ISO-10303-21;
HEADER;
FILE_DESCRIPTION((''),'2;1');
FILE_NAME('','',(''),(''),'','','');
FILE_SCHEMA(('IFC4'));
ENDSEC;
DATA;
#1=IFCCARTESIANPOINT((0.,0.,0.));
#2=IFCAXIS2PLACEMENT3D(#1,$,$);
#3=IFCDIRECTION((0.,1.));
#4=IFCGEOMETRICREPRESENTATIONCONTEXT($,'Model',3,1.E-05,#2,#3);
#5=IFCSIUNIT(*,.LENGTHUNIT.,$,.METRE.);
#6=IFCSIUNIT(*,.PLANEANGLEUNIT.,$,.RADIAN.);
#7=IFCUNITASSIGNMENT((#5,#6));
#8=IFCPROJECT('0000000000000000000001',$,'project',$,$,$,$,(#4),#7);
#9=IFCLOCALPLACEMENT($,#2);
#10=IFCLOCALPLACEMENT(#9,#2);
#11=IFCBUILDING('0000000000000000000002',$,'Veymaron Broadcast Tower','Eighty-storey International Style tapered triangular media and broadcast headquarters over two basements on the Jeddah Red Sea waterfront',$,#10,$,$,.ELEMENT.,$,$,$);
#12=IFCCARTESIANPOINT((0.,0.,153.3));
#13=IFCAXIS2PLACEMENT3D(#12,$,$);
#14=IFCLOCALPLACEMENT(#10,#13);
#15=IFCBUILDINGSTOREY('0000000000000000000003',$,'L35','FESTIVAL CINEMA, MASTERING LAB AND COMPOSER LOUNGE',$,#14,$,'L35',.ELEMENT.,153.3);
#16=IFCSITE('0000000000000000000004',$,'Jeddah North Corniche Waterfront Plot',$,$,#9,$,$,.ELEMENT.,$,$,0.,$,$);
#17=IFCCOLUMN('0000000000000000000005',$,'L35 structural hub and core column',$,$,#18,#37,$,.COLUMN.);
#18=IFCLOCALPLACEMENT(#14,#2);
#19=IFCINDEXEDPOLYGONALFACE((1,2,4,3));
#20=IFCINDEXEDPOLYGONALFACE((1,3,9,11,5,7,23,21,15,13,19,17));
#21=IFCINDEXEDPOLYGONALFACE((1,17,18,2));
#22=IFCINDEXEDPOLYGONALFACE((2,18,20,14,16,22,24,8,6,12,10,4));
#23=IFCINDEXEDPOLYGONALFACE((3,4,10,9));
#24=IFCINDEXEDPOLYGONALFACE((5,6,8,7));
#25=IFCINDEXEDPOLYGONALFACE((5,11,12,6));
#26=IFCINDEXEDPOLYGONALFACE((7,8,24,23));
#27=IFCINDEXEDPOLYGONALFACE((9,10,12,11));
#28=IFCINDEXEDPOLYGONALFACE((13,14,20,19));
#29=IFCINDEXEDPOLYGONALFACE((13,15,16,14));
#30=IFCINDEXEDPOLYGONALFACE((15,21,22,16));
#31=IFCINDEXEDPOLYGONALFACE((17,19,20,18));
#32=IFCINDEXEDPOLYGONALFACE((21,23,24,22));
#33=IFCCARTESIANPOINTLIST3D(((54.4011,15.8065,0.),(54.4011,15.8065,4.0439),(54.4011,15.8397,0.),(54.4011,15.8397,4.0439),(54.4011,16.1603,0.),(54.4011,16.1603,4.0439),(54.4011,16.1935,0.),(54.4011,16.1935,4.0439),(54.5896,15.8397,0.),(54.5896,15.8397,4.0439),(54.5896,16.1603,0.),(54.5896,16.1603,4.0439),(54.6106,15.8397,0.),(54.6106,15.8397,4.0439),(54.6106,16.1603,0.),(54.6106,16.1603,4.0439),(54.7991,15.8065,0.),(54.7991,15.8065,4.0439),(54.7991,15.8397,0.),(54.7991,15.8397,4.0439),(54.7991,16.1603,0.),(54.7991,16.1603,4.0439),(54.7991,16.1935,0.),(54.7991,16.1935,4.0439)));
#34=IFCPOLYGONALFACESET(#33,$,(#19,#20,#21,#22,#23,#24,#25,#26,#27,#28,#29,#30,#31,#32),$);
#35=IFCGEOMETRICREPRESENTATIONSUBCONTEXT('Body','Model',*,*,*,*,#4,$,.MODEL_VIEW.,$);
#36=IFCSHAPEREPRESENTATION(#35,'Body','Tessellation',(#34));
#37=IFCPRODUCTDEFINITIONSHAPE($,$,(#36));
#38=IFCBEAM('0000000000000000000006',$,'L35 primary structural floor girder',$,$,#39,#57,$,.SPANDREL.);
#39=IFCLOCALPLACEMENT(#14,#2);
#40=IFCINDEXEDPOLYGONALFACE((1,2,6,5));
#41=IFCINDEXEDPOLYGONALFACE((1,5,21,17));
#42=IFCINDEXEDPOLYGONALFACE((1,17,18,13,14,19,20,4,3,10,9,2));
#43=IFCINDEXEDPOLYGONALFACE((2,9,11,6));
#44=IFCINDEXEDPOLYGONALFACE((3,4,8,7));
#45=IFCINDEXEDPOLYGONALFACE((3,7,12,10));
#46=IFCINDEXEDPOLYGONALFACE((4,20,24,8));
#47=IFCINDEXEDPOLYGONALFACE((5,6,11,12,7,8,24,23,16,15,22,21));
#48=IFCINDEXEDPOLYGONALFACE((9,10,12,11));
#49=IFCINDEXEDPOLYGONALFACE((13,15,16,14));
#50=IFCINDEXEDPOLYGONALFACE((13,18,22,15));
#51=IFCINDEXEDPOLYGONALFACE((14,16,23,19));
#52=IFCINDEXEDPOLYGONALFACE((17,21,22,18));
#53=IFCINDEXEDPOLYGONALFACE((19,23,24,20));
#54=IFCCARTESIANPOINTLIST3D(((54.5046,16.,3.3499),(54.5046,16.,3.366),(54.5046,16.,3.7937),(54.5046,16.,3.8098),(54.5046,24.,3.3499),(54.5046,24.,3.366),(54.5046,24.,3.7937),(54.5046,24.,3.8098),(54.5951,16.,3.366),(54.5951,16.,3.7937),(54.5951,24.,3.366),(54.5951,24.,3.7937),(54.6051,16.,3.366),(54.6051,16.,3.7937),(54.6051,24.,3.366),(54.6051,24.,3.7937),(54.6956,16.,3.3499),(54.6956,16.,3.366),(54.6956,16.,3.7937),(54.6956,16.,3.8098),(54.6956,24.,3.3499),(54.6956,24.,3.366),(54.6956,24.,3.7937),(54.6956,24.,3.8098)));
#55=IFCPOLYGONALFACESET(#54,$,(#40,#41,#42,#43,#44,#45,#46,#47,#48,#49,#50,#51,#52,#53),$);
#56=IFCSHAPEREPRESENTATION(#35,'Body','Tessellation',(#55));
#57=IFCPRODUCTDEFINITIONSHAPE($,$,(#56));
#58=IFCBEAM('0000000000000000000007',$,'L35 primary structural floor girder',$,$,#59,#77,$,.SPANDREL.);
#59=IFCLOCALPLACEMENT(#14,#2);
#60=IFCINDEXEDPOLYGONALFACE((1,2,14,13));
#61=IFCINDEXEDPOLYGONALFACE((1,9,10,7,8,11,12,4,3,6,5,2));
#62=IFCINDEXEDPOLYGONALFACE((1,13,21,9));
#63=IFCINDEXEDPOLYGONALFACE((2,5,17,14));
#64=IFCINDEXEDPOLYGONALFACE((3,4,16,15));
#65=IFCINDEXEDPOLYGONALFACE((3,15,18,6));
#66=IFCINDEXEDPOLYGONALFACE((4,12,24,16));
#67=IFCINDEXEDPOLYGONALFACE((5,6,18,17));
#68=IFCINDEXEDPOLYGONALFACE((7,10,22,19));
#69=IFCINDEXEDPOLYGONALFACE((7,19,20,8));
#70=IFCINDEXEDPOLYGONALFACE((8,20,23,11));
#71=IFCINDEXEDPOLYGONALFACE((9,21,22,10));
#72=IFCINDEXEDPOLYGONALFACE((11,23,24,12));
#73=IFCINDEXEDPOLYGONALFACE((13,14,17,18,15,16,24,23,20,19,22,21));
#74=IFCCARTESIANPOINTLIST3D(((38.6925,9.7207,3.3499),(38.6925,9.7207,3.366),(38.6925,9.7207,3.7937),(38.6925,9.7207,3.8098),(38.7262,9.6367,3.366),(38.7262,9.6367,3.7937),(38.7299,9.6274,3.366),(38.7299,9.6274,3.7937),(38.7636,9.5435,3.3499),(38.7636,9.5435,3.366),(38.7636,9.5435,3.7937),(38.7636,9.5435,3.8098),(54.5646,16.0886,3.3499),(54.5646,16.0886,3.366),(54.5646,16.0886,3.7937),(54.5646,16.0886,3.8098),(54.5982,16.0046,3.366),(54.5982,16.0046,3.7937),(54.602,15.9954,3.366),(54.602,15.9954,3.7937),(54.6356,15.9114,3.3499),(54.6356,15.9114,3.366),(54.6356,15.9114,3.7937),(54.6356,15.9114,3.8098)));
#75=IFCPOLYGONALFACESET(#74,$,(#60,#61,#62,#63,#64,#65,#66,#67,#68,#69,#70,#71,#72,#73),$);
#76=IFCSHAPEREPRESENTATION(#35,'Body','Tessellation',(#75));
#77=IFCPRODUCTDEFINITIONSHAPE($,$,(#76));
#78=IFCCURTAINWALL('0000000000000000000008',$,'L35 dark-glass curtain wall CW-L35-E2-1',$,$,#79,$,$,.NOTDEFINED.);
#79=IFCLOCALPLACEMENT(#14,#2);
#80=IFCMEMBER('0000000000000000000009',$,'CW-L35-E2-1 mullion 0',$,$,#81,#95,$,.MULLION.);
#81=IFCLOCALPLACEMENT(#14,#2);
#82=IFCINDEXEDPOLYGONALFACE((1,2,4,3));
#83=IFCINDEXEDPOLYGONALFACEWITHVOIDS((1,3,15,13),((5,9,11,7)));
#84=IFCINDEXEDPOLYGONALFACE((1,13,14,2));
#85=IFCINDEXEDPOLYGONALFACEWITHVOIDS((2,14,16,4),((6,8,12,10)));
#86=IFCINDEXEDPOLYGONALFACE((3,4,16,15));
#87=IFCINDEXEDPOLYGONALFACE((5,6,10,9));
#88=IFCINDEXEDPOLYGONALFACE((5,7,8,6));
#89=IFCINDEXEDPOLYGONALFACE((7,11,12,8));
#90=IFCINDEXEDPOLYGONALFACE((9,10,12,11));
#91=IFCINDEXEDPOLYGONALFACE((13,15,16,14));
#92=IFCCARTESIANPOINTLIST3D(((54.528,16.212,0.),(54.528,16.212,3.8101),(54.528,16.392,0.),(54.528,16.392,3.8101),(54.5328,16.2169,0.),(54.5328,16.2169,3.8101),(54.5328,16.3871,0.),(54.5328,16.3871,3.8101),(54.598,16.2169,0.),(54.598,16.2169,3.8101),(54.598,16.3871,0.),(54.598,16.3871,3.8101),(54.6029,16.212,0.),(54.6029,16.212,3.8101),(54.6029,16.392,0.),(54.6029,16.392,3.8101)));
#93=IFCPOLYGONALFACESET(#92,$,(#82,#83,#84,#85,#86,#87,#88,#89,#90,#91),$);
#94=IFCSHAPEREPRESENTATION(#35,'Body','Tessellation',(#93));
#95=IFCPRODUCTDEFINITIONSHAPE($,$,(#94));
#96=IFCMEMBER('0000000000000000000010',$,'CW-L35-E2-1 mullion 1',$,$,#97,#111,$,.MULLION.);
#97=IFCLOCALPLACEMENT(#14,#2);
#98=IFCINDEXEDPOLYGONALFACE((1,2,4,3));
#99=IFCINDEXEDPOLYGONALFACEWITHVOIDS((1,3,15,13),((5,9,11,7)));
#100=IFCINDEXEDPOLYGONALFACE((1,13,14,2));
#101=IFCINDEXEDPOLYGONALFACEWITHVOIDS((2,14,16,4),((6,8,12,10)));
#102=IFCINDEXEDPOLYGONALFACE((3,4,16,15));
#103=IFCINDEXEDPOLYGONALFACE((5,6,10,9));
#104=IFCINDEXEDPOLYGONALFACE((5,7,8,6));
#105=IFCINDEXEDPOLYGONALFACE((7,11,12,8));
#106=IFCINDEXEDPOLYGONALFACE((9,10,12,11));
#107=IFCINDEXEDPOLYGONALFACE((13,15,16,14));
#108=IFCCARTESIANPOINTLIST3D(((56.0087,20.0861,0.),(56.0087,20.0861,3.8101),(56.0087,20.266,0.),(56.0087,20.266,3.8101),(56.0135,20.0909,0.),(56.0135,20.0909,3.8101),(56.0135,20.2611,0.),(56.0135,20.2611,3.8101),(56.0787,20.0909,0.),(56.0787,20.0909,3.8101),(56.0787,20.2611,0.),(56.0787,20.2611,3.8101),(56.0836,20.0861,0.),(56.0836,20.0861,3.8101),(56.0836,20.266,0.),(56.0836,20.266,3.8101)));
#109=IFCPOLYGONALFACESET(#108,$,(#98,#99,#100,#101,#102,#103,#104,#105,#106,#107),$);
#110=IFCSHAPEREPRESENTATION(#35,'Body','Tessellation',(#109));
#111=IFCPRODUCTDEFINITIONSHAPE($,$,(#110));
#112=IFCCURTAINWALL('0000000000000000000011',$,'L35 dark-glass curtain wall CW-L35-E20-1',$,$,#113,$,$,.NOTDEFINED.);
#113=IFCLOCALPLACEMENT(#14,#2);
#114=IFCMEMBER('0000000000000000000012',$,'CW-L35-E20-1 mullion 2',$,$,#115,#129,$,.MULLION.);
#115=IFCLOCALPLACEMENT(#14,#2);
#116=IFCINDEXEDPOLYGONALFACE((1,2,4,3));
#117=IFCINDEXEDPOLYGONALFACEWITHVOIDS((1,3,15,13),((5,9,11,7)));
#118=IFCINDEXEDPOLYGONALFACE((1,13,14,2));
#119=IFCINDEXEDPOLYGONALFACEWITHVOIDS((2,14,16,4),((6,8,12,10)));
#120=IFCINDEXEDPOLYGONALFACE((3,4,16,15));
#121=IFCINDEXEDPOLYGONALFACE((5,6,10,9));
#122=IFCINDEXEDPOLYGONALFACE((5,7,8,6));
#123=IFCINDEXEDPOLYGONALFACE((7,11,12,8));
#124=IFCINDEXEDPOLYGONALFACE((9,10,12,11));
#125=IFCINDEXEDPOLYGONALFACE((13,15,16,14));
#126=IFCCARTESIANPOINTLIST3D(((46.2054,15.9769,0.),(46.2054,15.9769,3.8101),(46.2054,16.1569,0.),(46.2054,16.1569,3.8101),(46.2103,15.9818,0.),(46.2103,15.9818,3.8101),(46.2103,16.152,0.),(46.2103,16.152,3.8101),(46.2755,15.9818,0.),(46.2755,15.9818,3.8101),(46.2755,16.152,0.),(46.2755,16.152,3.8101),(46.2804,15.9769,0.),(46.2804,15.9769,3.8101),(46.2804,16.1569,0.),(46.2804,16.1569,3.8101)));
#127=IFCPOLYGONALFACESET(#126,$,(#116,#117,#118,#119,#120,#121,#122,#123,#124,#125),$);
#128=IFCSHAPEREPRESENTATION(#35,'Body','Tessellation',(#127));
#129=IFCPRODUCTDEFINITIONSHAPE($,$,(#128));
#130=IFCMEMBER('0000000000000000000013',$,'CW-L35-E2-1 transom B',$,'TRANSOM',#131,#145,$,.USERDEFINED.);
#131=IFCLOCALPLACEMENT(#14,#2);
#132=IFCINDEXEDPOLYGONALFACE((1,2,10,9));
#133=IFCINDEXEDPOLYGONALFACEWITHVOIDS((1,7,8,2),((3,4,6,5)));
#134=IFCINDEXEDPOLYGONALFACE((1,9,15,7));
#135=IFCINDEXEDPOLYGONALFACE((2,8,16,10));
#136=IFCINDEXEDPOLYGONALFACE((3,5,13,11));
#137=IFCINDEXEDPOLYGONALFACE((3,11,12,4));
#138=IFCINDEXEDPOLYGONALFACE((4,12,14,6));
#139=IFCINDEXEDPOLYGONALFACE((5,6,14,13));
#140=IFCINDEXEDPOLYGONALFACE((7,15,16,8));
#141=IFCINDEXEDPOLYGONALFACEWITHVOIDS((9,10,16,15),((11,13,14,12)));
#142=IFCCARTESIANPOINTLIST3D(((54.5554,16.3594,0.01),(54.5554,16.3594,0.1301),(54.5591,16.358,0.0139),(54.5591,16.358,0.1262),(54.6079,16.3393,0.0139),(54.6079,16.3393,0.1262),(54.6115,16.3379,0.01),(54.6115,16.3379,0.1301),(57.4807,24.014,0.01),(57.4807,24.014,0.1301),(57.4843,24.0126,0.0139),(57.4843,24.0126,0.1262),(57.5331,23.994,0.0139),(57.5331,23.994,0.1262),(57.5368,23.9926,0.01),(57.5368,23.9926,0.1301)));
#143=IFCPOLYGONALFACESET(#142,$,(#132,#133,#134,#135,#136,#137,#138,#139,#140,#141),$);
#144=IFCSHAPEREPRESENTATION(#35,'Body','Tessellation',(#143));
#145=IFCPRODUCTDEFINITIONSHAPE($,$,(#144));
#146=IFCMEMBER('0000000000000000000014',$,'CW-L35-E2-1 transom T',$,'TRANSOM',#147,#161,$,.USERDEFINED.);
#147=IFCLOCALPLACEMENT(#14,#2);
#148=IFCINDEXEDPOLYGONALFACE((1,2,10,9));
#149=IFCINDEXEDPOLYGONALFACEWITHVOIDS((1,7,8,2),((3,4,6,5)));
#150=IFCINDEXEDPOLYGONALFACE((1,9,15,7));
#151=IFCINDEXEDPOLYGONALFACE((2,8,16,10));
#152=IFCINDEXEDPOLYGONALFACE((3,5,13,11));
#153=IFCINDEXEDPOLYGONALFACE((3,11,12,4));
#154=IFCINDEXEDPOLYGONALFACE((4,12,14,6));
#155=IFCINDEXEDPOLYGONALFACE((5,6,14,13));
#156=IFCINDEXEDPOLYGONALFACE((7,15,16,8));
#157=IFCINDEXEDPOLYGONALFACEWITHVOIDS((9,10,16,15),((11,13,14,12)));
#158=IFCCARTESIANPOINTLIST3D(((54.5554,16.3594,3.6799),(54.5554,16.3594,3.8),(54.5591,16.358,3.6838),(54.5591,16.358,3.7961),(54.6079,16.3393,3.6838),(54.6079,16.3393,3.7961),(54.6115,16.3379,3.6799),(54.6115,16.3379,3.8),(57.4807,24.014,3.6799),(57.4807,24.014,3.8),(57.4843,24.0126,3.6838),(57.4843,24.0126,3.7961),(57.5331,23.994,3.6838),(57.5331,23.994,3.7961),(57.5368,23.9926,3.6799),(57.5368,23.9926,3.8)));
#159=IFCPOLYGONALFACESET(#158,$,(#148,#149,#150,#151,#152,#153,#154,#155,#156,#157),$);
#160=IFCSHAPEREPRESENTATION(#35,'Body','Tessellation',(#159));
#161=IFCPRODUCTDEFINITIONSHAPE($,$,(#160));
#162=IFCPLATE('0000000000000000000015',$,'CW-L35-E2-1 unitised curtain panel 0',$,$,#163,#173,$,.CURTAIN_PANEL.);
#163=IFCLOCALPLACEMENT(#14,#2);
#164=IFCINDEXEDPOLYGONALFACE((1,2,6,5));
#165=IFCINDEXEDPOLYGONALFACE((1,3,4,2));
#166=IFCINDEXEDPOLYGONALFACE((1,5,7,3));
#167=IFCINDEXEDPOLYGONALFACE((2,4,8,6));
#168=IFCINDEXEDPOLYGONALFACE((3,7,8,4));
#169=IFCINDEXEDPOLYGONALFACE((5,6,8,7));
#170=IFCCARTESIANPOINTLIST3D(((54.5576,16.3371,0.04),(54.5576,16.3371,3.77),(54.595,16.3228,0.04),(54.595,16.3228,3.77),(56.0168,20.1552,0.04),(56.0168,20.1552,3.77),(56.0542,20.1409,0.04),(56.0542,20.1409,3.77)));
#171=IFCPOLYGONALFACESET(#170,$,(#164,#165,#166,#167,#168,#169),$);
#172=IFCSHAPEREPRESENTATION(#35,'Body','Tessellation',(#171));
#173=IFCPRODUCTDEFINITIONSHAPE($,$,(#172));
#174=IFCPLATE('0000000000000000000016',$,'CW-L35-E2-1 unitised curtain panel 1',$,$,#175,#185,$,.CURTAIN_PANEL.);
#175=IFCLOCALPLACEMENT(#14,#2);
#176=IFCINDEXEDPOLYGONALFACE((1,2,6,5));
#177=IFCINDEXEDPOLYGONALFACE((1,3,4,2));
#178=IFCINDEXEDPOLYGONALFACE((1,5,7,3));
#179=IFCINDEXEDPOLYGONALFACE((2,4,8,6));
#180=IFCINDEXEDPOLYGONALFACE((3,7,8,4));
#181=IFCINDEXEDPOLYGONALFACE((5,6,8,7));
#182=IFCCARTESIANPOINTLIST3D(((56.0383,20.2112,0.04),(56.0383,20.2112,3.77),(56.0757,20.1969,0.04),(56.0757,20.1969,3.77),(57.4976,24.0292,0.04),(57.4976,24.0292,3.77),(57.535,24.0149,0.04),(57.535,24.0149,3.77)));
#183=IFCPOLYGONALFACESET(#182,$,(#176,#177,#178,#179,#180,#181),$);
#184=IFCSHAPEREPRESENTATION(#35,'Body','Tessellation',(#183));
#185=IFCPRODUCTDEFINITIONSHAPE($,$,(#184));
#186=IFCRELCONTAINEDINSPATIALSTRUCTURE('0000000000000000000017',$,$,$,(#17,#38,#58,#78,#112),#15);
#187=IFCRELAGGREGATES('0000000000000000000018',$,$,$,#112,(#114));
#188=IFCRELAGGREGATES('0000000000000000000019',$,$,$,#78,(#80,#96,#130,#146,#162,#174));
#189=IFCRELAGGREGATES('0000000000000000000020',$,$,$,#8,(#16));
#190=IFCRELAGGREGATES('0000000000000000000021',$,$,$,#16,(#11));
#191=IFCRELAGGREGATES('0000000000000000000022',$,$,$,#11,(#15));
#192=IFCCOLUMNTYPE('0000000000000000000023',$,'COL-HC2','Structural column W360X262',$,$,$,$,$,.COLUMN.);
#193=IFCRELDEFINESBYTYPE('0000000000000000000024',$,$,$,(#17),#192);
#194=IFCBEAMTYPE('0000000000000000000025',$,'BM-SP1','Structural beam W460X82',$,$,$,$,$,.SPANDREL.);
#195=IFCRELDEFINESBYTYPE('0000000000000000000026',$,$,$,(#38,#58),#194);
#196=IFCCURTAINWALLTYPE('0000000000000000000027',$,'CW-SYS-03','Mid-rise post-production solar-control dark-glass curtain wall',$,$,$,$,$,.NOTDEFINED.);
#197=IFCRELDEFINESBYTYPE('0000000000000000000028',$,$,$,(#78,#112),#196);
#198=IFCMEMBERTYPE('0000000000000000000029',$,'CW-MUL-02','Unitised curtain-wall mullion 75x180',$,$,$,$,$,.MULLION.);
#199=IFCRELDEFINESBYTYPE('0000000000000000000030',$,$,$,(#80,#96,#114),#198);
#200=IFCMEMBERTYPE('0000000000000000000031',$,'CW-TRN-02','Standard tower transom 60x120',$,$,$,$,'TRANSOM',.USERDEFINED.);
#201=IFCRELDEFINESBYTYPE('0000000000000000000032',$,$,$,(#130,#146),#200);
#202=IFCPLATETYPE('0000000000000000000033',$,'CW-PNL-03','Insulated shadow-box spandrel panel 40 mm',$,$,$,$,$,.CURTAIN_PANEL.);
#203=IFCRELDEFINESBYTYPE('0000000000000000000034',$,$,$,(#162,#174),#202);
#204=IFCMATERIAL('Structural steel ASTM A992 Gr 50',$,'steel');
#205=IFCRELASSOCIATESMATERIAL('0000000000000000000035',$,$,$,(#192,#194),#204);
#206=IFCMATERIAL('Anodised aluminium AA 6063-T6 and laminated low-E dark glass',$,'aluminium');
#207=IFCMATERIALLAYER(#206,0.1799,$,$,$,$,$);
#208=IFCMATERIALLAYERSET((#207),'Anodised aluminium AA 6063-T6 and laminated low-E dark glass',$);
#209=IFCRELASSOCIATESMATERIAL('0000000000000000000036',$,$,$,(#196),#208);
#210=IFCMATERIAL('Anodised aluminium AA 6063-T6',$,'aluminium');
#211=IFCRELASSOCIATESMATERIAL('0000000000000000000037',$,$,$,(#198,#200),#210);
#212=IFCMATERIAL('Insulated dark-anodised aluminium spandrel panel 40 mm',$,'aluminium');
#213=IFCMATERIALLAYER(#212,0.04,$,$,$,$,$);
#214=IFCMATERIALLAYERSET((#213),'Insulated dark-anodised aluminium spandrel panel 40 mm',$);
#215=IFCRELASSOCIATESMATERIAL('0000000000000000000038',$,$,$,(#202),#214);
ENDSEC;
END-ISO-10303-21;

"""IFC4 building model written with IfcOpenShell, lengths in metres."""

from ifc_helpers import new_model, si_unit, direction, frame, origin, origin_2d, place, context, subcontext, project, spatial, rectangle, hollow_rectangle, i_section, extrude, material, layer, layer_set, material_profile, profile_set, type_object, element, aggregate, save


model = new_model("IFC4")

# Units and contexts
model_context = context("Model", 3, precision=1e-05, world=origin(), true_north=direction((0.0, 1.0)))
body_context = subcontext(model_context, "Body", "Model", "MODEL_VIEW")
ifc_project = project(units=[si_unit("LENGTHUNIT", "METRE"), si_unit("PLANEANGLEUNIT", "RADIAN")], contexts=[model_context])

# Site, building, storey
site_placement = place(None, origin())
site = spatial("IfcSite", under=ifc_project, at=site_placement, Name="Jeddah North Corniche Waterfront Plot", CompositionType="ELEMENT", RefElevation=0.0)
building_placement = place(site_placement, origin())
building = spatial("IfcBuilding", under=site, at=building_placement, Name="Veymaron Broadcast Tower", Description="Eighty-storey International Style tapered triangular media and broadcast headquarters over two basements on the Jeddah Red Sea waterfront", CompositionType="ELEMENT")
storey_placement = place(building_placement, frame((0.0, 0.0, 153.3)))
storey = spatial("IfcBuildingStorey", under=building, at=storey_placement, Name="L35", Description="FESTIVAL CINEMA, MASTERING LAB AND COMPOSER LOUNGE", LongName="L35", CompositionType="ELEMENT", Elevation=153.3)

# Column
ifc_material_1 = material(Name="Structural steel ASTM A992 Gr 50", Category="steel")
ifc_material_profile_1 = material_profile(ifc_material_1, i_section(OverallWidth=0.3979, OverallDepth=0.387, WebThickness=0.021, FlangeThickness=0.0332, at=origin_2d()), Name="W360X262")
ifc_profile_set_1 = profile_set([ifc_material_profile_1], Name="Structural steel ASTM A992 Gr 50")
column_type = type_object("IfcColumnType", Name="COL-HC2", Description="Structural column W360X262", PredefinedType="COLUMN", material=ifc_profile_set_1)
column_placement = place(storey_placement, frame((54.6001, 16.0, 0.0), z_axis=(0.0, 0.0, 1.0), x_axis=(1.0, 0.0, 0.0)))
element("IfcColumn", 1, at=column_placement, inside=storey, type_object=column_type, Name="L35 structural hub and core column", PredefinedType="COLUMN", context=body_context, shape_type="SweptSolid", body=[
    extrude(i_section(OverallWidth=0.3979, OverallDepth=0.387, WebThickness=0.021, FlangeThickness=0.0332, at=origin_2d()), origin(), (0.0, 0.0, 1.0), 4.0439),
])

# Beams
ifc_material_profile_2 = material_profile(ifc_material_1, i_section(OverallWidth=0.1909, OverallDepth=0.46, WebThickness=0.01, FlangeThickness=0.0161, at=origin_2d()), Name="W460X82")
ifc_profile_set_2 = profile_set([ifc_material_profile_2], Name="Structural steel ASTM A992 Gr 50")
beam_type = type_object("IfcBeamType", Name="BM-SP1", Description="Structural beam W460X82", PredefinedType="SPANDREL", material=ifc_profile_set_2)
beam_1_placement = place(storey_placement, frame((54.6001, 16.0, 3.5798), z_axis=(0.0, 1.0, 0.0), x_axis=(-1.0, 0.0, 0.0)))
element("IfcBeam", 2, at=beam_1_placement, inside=storey, type_object=beam_type, Name="L35 primary structural floor girder", PredefinedType="SPANDREL", context=body_context, shape_type="SweptSolid", body=[
    extrude(i_section(OverallWidth=0.1909, OverallDepth=0.46, WebThickness=0.01, FlangeThickness=0.0161, at=origin_2d()), origin(), (0.0, 0.0, 1.0), 8.0),
])
beam_2_placement = place(storey_placement, frame((54.6001, 16.0, 3.5798), z_axis=(-0.928091, -0.372353, 0.0), x_axis=(0.372353, -0.928091, 0.0)))
element("IfcBeam", 3, at=beam_2_placement, inside=storey, type_object=beam_type, Name="L35 primary structural floor girder", PredefinedType="SPANDREL", context=body_context, shape_type="SweptSolid", body=[
    extrude(i_section(OverallWidth=0.1909, OverallDepth=0.46, WebThickness=0.01, FlangeThickness=0.0161, at=origin_2d()), origin(), (0.0, 0.0, 1.0), 17.1018),
])

# Curtain wall, members
ifc_material_2 = material(Name="Anodised aluminium AA 6063-T6 and laminated low-E dark glass", Category="aluminium")
ifc_layer_1 = layer(ifc_material_2, 0.1799)
ifc_layer_set_1 = layer_set([ifc_layer_1], Name="Anodised aluminium AA 6063-T6 and laminated low-E dark glass")
curtain_wall_type = type_object("IfcCurtainWallType", Name="CW-SYS-03", Description="Mid-rise post-production solar-control dark-glass curtain wall", PredefinedType="NOTDEFINED", material=ifc_layer_set_1)
curtain_wall_1_placement = place(storey_placement, origin())
curtain_wall_1 = element("IfcCurtainWall", 4, at=curtain_wall_1_placement, inside=storey, type_object=curtain_wall_type, Name="L35 dark-glass curtain wall CW-L35-E2-1", PredefinedType="NOTDEFINED")
ifc_material_3 = material(Name="Anodised aluminium AA 6063-T6", Category="aluminium")
ifc_material_profile_3 = material_profile(ifc_material_3, hollow_rectangle(XDim=0.075, YDim=0.1799, WallThickness=0.0049, at=origin_2d()), Name="AL180X75X5")
ifc_profile_set_3 = profile_set([ifc_material_profile_3], Name="Anodised aluminium AA 6063-T6")
member_type_1 = type_object("IfcMemberType", Name="CW-MUL-02", Description="Unitised curtain-wall mullion 75x180", PredefinedType="MULLION", material=ifc_profile_set_3)
member_1_placement = place(storey_placement, frame((54.5654, 16.302, 0.0), z_axis=(0.0, 0.0, 1.0), x_axis=(1.0, 0.0, 0.0)))
member_1 = element("IfcMember", 5, at=member_1_placement, type_object=member_type_1, Name="CW-L35-E2-1 mullion 0", PredefinedType="MULLION", context=body_context, shape_type="SweptSolid", body=[
    extrude(hollow_rectangle(XDim=0.075, YDim=0.1799, WallThickness=0.0049, at=origin_2d()), origin(), (0.0, 0.0, 1.0), 3.8101),
])
member_2_placement = place(storey_placement, frame((56.0461, 20.176, 0.0), z_axis=(0.0, 0.0, 1.0), x_axis=(1.0, 0.0, 0.0)))
member_2 = element("IfcMember", 6, at=member_2_placement, type_object=member_type_1, Name="CW-L35-E2-1 mullion 1", PredefinedType="MULLION", context=body_context, shape_type="SweptSolid", body=[
    extrude(hollow_rectangle(XDim=0.075, YDim=0.1799, WallThickness=0.0049, at=origin_2d()), origin(), (0.0, 0.0, 1.0), 3.8101),
])

# Curtain wall, member
curtain_wall_2_placement = place(storey_placement, origin())
curtain_wall_2 = element("IfcCurtainWall", 7, at=curtain_wall_2_placement, inside=storey, type_object=curtain_wall_type, Name="L35 dark-glass curtain wall CW-L35-E20-1", PredefinedType="NOTDEFINED")
member_3_placement = place(storey_placement, frame((46.2429, 16.0669, 0.0), z_axis=(0.0, 0.0, 1.0), x_axis=(1.0, 0.0, 0.0)))
member_3 = element("IfcMember", 8, at=member_3_placement, type_object=member_type_1, Name="CW-L35-E20-1 mullion 2", PredefinedType="MULLION", context=body_context, shape_type="SweptSolid", body=[
    extrude(hollow_rectangle(XDim=0.075, YDim=0.1799, WallThickness=0.0049, at=origin_2d()), origin(), (0.0, 0.0, 1.0), 3.8101),
])
aggregate(curtain_wall_2, [member_3])

# Members
ifc_material_profile_4 = material_profile(ifc_material_3, hollow_rectangle(XDim=0.0601, YDim=0.1201, WallThickness=0.0039, at=origin_2d()), Name="AL120X60X4")
ifc_profile_set_4 = profile_set([ifc_material_profile_4], Name="Anodised aluminium AA 6063-T6")
member_type_2 = type_object("IfcMemberType", Name="CW-TRN-02", Description="Standard tower transom 60x120", ElementType="TRANSOM", PredefinedType="USERDEFINED", material=ifc_profile_set_4)
member_4_placement = place(storey_placement, frame((54.5835, 16.3486, 0.0701), z_axis=(0.356974, 0.934114, 0.0), x_axis=(-0.934114, 0.356974, 0.0)))
member_4 = element("IfcMember", 9, at=member_4_placement, type_object=member_type_2, Name="CW-L35-E2-1 transom B", ObjectType="TRANSOM", PredefinedType="USERDEFINED", context=body_context, shape_type="SweptSolid", body=[
    extrude(hollow_rectangle(XDim=0.0601, YDim=0.1201, WallThickness=0.0039, at=origin_2d()), origin(), (0.0, 0.0, 1.0), 8.1946),
])
member_5_placement = place(storey_placement, frame((54.5835, 16.3486, 3.74), z_axis=(0.356974, 0.934114, 0.0), x_axis=(-0.934114, 0.356974, 0.0)))
member_5 = element("IfcMember", 10, at=member_5_placement, type_object=member_type_2, Name="CW-L35-E2-1 transom T", ObjectType="TRANSOM", PredefinedType="USERDEFINED", context=body_context, shape_type="SweptSolid", body=[
    extrude(hollow_rectangle(XDim=0.0601, YDim=0.1201, WallThickness=0.0039, at=origin_2d()), origin(), (0.0, 0.0, 1.0), 8.1946),
])

# Plates
ifc_material_4 = material(Name="Insulated dark-anodised aluminium spandrel panel 40 mm", Category="aluminium")
ifc_layer_2 = layer(ifc_material_4, 0.04)
ifc_layer_set_2 = layer_set([ifc_layer_2], Name="Insulated dark-anodised aluminium spandrel panel 40 mm")
plate_type_1 = type_object("IfcPlateType", Name="CW-PNL-03", Description="Insulated shadow-box spandrel panel 40 mm", PredefinedType="CURTAIN_PANEL", material=ifc_layer_set_2)
plate_1_placement = place(storey_placement, frame((55.3059, 18.239, 0.04), z_axis=(0.0, 0.0, 1.0), x_axis=(0.357015, 0.934099, 0.0)))
plate_1 = element("IfcPlate", 11, at=plate_1_placement, type_object=plate_type_1, Name="CW-L35-E2-1 unitised curtain panel 0", PredefinedType="CURTAIN_PANEL", context=body_context, shape_type="SweptSolid", body=[
    extrude(rectangle(XDim=4.0874, YDim=0.04, at=origin_2d()), origin(), (0.0, 0.0, 1.0), 3.73),
])
plate_2_placement = place(storey_placement, frame((56.7866, 22.113, 0.04), z_axis=(0.0, 0.0, 1.0), x_axis=(0.357015, 0.934099, 0.0)))
plate_2 = element("IfcPlate", 12, at=plate_2_placement, type_object=plate_type_1, Name="CW-L35-E2-1 unitised curtain panel 1", PredefinedType="CURTAIN_PANEL", context=body_context, shape_type="SweptSolid", body=[
    extrude(rectangle(XDim=4.0874, YDim=0.04, at=origin_2d()), origin(), (0.0, 0.0, 1.0), 3.73),
])
aggregate(curtain_wall_1, [member_1, member_2, member_4, member_5, plate_1, plate_2])

save(model, "model.ifc")
